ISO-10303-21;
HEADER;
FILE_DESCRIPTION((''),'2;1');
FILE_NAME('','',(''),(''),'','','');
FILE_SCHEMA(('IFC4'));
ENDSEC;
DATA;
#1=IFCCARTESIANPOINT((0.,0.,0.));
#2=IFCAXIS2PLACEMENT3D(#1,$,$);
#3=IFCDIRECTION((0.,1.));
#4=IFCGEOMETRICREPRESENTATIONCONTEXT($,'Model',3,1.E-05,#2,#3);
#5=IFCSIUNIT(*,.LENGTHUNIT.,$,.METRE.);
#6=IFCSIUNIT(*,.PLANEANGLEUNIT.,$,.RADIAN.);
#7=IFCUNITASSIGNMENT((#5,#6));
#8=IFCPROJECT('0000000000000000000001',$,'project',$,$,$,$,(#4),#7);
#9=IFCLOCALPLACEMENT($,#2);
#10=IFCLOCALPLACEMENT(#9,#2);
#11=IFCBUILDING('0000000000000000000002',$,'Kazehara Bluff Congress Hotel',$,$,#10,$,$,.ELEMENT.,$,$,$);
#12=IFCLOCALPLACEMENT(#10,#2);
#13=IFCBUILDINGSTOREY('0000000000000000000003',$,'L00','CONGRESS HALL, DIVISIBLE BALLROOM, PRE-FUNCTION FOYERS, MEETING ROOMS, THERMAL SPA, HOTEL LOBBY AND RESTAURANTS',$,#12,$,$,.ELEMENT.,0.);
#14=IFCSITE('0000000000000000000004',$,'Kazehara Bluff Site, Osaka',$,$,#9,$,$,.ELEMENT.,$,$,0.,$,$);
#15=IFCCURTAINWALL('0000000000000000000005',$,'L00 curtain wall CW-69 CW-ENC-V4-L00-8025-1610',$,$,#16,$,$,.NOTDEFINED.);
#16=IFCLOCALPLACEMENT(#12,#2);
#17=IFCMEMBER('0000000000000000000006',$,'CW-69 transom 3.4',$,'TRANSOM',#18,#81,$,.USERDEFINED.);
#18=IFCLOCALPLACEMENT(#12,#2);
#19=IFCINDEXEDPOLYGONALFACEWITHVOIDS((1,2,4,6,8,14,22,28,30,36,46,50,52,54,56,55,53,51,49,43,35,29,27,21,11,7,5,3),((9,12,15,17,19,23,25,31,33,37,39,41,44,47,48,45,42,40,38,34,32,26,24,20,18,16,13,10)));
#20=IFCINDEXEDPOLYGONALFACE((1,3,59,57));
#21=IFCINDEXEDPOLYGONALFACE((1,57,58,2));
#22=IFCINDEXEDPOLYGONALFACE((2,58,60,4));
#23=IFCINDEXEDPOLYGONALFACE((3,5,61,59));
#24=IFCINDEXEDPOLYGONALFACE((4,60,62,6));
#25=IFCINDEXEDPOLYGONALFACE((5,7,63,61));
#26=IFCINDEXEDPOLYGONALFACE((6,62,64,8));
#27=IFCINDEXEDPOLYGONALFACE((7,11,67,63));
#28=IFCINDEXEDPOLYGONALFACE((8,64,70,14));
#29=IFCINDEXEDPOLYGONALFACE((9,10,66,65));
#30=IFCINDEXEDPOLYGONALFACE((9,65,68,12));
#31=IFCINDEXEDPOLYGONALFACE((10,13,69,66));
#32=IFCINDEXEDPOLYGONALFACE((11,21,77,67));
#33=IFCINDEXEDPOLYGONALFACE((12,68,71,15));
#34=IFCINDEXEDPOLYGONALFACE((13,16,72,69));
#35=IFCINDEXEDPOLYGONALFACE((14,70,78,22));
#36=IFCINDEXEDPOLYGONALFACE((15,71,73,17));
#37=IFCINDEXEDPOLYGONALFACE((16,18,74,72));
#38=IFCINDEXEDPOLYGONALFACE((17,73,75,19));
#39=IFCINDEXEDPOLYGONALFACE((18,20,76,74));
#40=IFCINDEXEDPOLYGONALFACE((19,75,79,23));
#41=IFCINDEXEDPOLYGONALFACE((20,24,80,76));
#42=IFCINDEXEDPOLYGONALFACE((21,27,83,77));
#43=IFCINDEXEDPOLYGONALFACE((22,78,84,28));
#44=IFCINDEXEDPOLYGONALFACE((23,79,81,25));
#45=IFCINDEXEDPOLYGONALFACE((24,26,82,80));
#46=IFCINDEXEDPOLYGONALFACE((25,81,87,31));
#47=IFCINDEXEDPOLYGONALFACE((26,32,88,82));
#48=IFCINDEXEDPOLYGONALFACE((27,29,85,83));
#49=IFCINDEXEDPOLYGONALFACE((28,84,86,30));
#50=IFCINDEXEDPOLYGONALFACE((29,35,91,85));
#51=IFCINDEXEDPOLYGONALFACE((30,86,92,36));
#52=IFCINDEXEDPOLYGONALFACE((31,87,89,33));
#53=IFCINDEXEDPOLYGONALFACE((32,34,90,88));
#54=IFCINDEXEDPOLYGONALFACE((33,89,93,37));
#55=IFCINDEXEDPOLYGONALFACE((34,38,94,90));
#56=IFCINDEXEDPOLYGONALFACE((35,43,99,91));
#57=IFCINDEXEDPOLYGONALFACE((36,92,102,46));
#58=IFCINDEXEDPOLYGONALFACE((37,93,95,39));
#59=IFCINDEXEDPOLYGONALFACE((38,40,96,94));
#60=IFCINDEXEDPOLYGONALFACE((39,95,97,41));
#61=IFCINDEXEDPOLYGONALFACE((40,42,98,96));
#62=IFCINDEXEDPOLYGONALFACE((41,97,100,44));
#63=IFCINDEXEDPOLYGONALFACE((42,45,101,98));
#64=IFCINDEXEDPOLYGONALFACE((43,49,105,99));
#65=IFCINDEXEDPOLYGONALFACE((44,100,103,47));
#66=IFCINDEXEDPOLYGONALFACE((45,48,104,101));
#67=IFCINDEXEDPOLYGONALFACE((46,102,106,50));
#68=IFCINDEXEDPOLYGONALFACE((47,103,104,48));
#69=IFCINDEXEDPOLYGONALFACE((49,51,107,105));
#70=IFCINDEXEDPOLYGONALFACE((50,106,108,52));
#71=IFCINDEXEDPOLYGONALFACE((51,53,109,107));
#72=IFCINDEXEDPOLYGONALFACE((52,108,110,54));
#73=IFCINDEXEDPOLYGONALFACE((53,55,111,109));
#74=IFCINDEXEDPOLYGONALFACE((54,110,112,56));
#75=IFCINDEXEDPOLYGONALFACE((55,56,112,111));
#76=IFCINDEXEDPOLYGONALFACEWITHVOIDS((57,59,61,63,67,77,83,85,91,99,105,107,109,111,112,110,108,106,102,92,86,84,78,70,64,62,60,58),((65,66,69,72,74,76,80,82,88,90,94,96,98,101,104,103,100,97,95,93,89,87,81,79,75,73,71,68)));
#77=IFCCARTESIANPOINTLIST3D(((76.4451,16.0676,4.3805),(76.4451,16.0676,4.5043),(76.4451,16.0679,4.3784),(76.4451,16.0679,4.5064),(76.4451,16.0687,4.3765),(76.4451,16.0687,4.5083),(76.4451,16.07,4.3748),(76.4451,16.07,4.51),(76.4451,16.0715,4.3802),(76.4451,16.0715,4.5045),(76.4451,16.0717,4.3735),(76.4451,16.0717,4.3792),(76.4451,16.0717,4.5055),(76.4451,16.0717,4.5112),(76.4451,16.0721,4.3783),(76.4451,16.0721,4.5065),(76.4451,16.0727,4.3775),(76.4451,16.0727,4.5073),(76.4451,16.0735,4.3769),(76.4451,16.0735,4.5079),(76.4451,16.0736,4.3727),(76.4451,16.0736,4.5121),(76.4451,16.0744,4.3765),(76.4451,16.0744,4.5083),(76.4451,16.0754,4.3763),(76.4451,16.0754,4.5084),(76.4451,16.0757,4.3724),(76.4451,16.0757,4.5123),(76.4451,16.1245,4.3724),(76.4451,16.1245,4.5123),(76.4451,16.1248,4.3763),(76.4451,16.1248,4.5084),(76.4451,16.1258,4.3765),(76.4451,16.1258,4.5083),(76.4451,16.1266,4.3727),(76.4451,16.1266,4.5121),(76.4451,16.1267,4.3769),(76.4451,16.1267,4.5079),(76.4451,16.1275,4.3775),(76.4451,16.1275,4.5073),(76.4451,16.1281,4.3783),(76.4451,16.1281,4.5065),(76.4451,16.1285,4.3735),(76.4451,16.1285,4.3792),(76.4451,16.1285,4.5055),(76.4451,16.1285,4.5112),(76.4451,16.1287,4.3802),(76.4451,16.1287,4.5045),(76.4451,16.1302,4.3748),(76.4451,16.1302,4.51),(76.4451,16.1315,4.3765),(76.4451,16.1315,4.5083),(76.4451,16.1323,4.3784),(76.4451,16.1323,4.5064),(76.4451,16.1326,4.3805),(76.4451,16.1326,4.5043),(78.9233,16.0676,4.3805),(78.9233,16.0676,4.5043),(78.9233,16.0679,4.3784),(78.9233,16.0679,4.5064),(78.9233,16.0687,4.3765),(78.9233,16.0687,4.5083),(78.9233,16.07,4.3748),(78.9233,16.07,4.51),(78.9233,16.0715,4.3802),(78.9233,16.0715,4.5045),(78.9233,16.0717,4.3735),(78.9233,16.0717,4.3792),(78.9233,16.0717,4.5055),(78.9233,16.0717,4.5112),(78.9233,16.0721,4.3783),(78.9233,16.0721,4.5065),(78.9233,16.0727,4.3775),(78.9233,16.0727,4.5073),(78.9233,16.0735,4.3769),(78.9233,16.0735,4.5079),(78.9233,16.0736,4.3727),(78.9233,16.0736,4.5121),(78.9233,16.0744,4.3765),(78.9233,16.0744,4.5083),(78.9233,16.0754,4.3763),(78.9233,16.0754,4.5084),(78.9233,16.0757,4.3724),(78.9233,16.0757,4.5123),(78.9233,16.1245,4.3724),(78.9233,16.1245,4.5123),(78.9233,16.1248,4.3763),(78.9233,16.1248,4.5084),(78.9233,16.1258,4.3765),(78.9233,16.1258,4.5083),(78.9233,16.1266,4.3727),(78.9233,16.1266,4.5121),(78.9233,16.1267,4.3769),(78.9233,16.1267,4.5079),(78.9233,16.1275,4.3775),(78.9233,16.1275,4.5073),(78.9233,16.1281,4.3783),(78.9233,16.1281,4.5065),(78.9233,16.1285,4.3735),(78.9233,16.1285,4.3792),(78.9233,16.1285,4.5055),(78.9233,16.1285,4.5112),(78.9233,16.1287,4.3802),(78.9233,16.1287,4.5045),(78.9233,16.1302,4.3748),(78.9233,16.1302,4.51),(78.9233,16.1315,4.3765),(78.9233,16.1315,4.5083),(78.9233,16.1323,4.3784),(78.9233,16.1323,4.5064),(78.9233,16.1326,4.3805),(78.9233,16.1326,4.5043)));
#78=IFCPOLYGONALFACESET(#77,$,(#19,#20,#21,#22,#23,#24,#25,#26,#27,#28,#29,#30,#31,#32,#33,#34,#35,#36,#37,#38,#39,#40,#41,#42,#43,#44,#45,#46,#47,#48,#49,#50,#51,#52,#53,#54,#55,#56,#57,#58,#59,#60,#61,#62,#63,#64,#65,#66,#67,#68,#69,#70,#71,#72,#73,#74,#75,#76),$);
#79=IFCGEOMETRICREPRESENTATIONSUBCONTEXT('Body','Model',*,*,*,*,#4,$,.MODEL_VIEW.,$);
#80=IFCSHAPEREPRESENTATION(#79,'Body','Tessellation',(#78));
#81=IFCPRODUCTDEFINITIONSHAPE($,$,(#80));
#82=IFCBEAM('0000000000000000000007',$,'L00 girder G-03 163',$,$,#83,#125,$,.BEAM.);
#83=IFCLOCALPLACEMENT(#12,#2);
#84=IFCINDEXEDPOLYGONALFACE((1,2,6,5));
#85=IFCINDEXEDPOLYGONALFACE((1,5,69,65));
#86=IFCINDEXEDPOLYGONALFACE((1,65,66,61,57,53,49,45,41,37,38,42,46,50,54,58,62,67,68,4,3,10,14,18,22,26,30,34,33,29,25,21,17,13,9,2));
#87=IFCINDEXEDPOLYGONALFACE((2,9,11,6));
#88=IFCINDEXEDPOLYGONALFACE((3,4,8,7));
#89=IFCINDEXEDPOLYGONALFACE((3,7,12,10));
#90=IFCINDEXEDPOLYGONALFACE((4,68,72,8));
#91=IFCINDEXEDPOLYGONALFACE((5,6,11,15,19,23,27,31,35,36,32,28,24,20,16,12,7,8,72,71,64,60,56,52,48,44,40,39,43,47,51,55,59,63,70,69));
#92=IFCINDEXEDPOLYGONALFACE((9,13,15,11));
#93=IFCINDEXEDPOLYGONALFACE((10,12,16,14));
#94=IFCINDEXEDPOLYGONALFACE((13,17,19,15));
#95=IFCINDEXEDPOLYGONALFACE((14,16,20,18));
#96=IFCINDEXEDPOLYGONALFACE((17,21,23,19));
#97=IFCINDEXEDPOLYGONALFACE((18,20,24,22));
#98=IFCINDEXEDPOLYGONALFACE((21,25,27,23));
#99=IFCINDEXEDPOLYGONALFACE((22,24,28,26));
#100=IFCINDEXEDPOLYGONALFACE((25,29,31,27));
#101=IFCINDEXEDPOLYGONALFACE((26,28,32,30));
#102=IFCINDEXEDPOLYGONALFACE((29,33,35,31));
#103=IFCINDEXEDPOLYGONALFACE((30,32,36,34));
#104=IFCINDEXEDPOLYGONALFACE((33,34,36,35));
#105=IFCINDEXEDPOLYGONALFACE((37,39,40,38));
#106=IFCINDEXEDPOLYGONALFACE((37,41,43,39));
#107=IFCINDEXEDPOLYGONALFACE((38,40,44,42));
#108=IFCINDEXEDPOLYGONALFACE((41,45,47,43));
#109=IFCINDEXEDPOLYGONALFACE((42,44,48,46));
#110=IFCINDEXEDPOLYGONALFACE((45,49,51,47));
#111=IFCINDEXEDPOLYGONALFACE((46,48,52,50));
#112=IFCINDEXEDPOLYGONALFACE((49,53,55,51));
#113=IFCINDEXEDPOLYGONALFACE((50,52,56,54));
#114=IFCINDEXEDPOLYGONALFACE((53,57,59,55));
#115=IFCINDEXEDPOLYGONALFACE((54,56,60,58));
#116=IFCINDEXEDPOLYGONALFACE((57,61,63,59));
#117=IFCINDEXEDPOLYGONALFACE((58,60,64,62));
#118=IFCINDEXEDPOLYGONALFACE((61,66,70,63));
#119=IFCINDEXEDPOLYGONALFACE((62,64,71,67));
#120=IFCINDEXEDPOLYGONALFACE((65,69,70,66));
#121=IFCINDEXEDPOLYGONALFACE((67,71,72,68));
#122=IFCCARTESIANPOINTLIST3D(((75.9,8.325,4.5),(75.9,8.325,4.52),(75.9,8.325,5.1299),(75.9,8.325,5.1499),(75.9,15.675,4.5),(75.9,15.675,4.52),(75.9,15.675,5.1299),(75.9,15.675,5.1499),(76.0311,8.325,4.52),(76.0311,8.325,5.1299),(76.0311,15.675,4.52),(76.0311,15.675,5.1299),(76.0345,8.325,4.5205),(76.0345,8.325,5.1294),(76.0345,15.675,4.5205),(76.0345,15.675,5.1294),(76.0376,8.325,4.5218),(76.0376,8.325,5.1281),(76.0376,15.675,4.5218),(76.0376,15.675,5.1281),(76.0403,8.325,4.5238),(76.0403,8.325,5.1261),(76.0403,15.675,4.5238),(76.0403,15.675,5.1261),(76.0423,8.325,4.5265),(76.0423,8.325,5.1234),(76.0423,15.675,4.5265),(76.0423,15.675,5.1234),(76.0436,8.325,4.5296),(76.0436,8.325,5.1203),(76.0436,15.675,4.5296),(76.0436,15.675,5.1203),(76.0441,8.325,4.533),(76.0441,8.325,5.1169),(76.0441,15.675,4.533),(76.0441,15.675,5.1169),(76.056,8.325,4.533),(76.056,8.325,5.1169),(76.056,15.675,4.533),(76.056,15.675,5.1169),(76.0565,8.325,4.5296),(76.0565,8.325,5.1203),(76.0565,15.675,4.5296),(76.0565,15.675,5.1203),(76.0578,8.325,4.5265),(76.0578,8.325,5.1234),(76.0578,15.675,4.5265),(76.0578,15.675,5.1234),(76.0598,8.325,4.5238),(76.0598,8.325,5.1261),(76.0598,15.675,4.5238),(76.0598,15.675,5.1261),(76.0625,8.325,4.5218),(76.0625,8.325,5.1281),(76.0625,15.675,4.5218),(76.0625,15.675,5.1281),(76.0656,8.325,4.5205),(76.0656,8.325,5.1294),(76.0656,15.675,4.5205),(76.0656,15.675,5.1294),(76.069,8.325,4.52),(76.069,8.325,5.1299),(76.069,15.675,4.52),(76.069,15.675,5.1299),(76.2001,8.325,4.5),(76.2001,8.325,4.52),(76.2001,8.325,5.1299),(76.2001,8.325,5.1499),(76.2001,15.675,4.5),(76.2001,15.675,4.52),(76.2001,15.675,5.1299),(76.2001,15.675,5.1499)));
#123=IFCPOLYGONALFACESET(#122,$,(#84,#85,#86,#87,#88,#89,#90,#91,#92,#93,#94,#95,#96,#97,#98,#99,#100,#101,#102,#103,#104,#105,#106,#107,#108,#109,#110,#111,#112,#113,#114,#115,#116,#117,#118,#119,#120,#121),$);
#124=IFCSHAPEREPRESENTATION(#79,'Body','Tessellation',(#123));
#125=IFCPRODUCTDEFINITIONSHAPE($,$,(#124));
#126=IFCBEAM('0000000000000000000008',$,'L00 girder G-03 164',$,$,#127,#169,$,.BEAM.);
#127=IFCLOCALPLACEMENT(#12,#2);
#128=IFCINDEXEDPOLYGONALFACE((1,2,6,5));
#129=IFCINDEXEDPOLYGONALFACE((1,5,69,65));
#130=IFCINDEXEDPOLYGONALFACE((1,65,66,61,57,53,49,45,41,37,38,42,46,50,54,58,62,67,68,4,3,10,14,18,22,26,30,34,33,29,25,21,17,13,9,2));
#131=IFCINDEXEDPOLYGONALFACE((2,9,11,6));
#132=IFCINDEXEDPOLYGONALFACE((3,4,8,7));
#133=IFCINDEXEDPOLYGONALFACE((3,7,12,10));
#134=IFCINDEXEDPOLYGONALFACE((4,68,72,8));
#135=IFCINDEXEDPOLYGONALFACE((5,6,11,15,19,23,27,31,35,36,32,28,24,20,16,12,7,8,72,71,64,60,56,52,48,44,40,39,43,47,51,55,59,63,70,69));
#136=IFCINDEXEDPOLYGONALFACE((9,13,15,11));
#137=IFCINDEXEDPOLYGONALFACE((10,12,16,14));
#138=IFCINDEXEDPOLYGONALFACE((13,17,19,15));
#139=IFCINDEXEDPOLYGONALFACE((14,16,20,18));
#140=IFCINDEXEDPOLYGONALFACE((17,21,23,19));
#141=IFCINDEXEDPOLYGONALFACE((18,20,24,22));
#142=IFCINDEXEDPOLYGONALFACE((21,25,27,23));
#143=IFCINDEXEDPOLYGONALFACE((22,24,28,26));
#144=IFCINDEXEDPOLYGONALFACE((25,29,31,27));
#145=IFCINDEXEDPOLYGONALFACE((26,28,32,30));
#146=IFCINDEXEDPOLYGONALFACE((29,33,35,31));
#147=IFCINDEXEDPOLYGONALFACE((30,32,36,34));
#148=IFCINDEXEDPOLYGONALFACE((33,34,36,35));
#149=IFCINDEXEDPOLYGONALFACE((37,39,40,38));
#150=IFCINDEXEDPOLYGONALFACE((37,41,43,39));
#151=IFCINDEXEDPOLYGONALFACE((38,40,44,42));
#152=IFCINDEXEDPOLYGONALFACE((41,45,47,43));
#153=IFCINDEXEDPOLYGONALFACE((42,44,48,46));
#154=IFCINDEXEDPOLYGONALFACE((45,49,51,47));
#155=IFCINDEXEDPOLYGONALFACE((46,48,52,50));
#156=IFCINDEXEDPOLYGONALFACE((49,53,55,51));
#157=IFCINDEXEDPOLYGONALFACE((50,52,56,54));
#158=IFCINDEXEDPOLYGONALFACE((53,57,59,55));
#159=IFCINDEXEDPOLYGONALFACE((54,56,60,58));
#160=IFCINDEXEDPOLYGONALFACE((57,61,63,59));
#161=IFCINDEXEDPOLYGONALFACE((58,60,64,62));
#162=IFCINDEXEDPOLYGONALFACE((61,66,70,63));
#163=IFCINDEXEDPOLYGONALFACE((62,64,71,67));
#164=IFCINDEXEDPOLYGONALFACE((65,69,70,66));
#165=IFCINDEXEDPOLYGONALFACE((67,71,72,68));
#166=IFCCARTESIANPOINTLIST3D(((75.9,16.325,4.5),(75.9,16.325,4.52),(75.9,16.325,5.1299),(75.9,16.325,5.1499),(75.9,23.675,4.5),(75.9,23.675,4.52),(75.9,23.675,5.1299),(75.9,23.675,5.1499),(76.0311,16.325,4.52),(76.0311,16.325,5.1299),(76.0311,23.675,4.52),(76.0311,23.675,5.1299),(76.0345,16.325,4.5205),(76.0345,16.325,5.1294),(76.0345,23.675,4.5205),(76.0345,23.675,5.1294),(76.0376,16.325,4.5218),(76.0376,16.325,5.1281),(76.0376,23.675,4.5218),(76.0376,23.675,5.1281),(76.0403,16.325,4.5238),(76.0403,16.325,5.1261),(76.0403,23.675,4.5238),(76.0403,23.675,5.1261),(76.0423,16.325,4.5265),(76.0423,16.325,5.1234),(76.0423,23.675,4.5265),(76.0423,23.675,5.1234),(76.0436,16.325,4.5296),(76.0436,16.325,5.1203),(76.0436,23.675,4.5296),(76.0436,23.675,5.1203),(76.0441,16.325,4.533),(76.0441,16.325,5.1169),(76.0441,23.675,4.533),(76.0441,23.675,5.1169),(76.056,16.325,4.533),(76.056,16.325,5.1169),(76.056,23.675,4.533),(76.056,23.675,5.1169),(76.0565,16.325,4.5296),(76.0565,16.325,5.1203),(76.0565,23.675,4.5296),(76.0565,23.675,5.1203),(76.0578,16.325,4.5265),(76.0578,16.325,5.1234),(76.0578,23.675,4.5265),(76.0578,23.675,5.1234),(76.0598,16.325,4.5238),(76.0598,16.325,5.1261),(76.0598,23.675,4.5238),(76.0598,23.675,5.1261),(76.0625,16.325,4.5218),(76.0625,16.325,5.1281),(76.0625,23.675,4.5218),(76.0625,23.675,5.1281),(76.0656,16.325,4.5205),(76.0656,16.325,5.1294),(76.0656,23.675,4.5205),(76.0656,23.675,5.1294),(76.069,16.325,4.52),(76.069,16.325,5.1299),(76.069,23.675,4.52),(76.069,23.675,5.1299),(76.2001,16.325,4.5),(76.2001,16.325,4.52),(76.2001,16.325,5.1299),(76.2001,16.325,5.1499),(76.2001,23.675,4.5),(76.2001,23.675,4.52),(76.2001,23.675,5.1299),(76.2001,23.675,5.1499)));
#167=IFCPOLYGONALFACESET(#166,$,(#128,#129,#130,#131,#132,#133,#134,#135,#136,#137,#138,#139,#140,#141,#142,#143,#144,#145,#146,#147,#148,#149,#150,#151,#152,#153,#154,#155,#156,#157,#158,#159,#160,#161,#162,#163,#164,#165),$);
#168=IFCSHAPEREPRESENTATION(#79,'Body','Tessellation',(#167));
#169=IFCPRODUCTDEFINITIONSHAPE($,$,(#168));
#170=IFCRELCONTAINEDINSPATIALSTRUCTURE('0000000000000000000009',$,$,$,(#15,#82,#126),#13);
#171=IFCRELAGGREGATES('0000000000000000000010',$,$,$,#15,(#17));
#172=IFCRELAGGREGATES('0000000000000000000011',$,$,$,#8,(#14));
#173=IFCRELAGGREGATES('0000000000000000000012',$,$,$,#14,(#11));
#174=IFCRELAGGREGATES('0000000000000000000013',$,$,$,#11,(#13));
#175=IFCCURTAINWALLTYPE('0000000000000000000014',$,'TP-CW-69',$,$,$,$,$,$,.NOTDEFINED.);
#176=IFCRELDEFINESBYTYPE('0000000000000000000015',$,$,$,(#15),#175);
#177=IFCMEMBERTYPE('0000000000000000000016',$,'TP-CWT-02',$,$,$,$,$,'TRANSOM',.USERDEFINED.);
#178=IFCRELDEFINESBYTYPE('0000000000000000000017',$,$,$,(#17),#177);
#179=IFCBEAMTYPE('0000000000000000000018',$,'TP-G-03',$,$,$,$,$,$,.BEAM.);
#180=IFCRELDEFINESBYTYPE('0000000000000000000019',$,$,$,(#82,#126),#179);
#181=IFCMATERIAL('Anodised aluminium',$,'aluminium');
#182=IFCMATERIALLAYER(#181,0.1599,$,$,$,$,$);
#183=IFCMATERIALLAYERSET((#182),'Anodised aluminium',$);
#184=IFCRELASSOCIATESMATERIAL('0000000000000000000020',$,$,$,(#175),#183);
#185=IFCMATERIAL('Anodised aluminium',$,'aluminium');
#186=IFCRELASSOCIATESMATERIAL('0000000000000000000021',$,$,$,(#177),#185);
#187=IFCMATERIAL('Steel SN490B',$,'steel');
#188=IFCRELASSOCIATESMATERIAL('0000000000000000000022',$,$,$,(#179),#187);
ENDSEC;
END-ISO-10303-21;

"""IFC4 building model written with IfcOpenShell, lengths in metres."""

from ifc_helpers import new_model, si_unit, direction, frame, origin, origin_2d, place, context, subcontext, project, spatial, hollow_rectangle, i_section, extrude, material, layer, layer_set, material_profile, profile_set, type_object, element, aggregate, save


model = new_model("IFC4")

# Units and contexts
model_context = context("Model", 3, precision=1e-05, world=origin(), true_north=direction((0.0, 1.0)))
body_context = subcontext(model_context, "Body", "Model", "MODEL_VIEW")
ifc_project = project(units=[si_unit("LENGTHUNIT", "METRE"), si_unit("PLANEANGLEUNIT", "RADIAN")], contexts=[model_context])

# Site, building, storey
site_placement = place(None, origin())
site = spatial("IfcSite", under=ifc_project, at=site_placement, Name="Kazehara Bluff Site, Osaka", CompositionType="ELEMENT", RefElevation=0.0)
building_placement = place(site_placement, origin())
building = spatial("IfcBuilding", under=site, at=building_placement, Name="Kazehara Bluff Congress Hotel", CompositionType="ELEMENT")
storey_placement = place(building_placement, origin())
storey = spatial("IfcBuildingStorey", under=building, at=storey_placement, Name="L00", Description="CONGRESS HALL, DIVISIBLE BALLROOM, PRE-FUNCTION FOYERS, MEETING ROOMS, THERMAL SPA, HOTEL LOBBY AND RESTAURANTS", CompositionType="ELEMENT", Elevation=0.0)

# Curtain wall, member
ifc_material_1 = material(Name="Anodised aluminium", Category="aluminium")
ifc_layer_1 = layer(ifc_material_1, 0.1599)
ifc_layer_set_1 = layer_set([ifc_layer_1], Name="Anodised aluminium")
curtain_wall_type_1 = type_object("IfcCurtainWallType", Name="TP-CW-69", PredefinedType="NOTDEFINED", material=ifc_layer_set_1)
curtain_wall_1_placement = place(storey_placement, origin())
curtain_wall_1 = element("IfcCurtainWall", 1, at=curtain_wall_1_placement, inside=storey, type_object=curtain_wall_type_1, Name="L00 curtain wall CW-69 CW-ENC-V4-L00-8025-1610", PredefinedType="NOTDEFINED")
ifc_material_2 = material(Name="Anodised aluminium", Category="aluminium")
ifc_material_profile_1 = material_profile(ifc_material_2, hollow_rectangle(XDim=0.0649, YDim=0.1399, WallThickness=0.0039, InnerFilletRadius=0.0039, OuterFilletRadius=0.0081, at=origin_2d()))
ifc_profile_set_1 = profile_set([ifc_material_profile_1], Name="Anodised aluminium")
member_type_1 = type_object("IfcMemberType", Name="TP-CWT-02", ElementType="TRANSOM", PredefinedType="USERDEFINED", material=ifc_profile_set_1)
member_1_placement = place(storey_placement, frame((78.9233, 16.1001, 4.4424), z_axis=(-1.0, 0.0, 0.0), x_axis=(0.0, -1.0, 0.0)))
member_1 = element("IfcMember", 2, at=member_1_placement, type_object=member_type_1, Name="CW-69 transom 3.4", ObjectType="TRANSOM", PredefinedType="USERDEFINED", context=body_context, shape_type="SweptSolid", body=[
    extrude(hollow_rectangle(XDim=0.0649, YDim=0.1399, WallThickness=0.0039, InnerFilletRadius=0.0039, OuterFilletRadius=0.0081, at=origin_2d()), origin(), (0.0, 0.0, 1.0), 2.4783),
])

# Beams
ifc_material_3 = material(Name="Steel SN490B", Category="steel")
ifc_material_profile_2 = material_profile(ifc_material_3, i_section(OverallWidth=0.3, OverallDepth=0.6499, WebThickness=0.012, FlangeThickness=0.02, FilletRadius=0.0129, at=origin_2d()))
ifc_profile_set_2 = profile_set([ifc_material_profile_2], Name="Steel SN490B")
beam_type_1 = type_object("IfcBeamType", Name="TP-G-03", PredefinedType="BEAM", material=ifc_profile_set_2)
for number, where, z_axis, x_axis, name in (
    (3, (76.05, 8.325, 4.825), (0.0, 1.0, 0.0), (-1.0, 0.0, 0.0), "L00 girder G-03 163"),
    (4, (76.05, 16.325, 4.825), (0.0, 1.0, 0.0), (-1.0, 0.0, 0.0), "L00 girder G-03 164"),
):
    element("IfcBeam", number, at=place(storey_placement, frame(where, z_axis=z_axis, x_axis=x_axis)), inside=storey, type_object=beam_type_1, Name=name, PredefinedType="BEAM", context=body_context, shape_type="SweptSolid", body=[
        extrude(i_section(OverallWidth=0.3, OverallDepth=0.6499, WebThickness=0.012, FlangeThickness=0.02, FilletRadius=0.0129, at=origin_2d()), origin(), (0.0, 0.0, 1.0), 7.3501),
    ])

aggregate(curtain_wall_1, [member_1])

save(model, "model.ifc")
